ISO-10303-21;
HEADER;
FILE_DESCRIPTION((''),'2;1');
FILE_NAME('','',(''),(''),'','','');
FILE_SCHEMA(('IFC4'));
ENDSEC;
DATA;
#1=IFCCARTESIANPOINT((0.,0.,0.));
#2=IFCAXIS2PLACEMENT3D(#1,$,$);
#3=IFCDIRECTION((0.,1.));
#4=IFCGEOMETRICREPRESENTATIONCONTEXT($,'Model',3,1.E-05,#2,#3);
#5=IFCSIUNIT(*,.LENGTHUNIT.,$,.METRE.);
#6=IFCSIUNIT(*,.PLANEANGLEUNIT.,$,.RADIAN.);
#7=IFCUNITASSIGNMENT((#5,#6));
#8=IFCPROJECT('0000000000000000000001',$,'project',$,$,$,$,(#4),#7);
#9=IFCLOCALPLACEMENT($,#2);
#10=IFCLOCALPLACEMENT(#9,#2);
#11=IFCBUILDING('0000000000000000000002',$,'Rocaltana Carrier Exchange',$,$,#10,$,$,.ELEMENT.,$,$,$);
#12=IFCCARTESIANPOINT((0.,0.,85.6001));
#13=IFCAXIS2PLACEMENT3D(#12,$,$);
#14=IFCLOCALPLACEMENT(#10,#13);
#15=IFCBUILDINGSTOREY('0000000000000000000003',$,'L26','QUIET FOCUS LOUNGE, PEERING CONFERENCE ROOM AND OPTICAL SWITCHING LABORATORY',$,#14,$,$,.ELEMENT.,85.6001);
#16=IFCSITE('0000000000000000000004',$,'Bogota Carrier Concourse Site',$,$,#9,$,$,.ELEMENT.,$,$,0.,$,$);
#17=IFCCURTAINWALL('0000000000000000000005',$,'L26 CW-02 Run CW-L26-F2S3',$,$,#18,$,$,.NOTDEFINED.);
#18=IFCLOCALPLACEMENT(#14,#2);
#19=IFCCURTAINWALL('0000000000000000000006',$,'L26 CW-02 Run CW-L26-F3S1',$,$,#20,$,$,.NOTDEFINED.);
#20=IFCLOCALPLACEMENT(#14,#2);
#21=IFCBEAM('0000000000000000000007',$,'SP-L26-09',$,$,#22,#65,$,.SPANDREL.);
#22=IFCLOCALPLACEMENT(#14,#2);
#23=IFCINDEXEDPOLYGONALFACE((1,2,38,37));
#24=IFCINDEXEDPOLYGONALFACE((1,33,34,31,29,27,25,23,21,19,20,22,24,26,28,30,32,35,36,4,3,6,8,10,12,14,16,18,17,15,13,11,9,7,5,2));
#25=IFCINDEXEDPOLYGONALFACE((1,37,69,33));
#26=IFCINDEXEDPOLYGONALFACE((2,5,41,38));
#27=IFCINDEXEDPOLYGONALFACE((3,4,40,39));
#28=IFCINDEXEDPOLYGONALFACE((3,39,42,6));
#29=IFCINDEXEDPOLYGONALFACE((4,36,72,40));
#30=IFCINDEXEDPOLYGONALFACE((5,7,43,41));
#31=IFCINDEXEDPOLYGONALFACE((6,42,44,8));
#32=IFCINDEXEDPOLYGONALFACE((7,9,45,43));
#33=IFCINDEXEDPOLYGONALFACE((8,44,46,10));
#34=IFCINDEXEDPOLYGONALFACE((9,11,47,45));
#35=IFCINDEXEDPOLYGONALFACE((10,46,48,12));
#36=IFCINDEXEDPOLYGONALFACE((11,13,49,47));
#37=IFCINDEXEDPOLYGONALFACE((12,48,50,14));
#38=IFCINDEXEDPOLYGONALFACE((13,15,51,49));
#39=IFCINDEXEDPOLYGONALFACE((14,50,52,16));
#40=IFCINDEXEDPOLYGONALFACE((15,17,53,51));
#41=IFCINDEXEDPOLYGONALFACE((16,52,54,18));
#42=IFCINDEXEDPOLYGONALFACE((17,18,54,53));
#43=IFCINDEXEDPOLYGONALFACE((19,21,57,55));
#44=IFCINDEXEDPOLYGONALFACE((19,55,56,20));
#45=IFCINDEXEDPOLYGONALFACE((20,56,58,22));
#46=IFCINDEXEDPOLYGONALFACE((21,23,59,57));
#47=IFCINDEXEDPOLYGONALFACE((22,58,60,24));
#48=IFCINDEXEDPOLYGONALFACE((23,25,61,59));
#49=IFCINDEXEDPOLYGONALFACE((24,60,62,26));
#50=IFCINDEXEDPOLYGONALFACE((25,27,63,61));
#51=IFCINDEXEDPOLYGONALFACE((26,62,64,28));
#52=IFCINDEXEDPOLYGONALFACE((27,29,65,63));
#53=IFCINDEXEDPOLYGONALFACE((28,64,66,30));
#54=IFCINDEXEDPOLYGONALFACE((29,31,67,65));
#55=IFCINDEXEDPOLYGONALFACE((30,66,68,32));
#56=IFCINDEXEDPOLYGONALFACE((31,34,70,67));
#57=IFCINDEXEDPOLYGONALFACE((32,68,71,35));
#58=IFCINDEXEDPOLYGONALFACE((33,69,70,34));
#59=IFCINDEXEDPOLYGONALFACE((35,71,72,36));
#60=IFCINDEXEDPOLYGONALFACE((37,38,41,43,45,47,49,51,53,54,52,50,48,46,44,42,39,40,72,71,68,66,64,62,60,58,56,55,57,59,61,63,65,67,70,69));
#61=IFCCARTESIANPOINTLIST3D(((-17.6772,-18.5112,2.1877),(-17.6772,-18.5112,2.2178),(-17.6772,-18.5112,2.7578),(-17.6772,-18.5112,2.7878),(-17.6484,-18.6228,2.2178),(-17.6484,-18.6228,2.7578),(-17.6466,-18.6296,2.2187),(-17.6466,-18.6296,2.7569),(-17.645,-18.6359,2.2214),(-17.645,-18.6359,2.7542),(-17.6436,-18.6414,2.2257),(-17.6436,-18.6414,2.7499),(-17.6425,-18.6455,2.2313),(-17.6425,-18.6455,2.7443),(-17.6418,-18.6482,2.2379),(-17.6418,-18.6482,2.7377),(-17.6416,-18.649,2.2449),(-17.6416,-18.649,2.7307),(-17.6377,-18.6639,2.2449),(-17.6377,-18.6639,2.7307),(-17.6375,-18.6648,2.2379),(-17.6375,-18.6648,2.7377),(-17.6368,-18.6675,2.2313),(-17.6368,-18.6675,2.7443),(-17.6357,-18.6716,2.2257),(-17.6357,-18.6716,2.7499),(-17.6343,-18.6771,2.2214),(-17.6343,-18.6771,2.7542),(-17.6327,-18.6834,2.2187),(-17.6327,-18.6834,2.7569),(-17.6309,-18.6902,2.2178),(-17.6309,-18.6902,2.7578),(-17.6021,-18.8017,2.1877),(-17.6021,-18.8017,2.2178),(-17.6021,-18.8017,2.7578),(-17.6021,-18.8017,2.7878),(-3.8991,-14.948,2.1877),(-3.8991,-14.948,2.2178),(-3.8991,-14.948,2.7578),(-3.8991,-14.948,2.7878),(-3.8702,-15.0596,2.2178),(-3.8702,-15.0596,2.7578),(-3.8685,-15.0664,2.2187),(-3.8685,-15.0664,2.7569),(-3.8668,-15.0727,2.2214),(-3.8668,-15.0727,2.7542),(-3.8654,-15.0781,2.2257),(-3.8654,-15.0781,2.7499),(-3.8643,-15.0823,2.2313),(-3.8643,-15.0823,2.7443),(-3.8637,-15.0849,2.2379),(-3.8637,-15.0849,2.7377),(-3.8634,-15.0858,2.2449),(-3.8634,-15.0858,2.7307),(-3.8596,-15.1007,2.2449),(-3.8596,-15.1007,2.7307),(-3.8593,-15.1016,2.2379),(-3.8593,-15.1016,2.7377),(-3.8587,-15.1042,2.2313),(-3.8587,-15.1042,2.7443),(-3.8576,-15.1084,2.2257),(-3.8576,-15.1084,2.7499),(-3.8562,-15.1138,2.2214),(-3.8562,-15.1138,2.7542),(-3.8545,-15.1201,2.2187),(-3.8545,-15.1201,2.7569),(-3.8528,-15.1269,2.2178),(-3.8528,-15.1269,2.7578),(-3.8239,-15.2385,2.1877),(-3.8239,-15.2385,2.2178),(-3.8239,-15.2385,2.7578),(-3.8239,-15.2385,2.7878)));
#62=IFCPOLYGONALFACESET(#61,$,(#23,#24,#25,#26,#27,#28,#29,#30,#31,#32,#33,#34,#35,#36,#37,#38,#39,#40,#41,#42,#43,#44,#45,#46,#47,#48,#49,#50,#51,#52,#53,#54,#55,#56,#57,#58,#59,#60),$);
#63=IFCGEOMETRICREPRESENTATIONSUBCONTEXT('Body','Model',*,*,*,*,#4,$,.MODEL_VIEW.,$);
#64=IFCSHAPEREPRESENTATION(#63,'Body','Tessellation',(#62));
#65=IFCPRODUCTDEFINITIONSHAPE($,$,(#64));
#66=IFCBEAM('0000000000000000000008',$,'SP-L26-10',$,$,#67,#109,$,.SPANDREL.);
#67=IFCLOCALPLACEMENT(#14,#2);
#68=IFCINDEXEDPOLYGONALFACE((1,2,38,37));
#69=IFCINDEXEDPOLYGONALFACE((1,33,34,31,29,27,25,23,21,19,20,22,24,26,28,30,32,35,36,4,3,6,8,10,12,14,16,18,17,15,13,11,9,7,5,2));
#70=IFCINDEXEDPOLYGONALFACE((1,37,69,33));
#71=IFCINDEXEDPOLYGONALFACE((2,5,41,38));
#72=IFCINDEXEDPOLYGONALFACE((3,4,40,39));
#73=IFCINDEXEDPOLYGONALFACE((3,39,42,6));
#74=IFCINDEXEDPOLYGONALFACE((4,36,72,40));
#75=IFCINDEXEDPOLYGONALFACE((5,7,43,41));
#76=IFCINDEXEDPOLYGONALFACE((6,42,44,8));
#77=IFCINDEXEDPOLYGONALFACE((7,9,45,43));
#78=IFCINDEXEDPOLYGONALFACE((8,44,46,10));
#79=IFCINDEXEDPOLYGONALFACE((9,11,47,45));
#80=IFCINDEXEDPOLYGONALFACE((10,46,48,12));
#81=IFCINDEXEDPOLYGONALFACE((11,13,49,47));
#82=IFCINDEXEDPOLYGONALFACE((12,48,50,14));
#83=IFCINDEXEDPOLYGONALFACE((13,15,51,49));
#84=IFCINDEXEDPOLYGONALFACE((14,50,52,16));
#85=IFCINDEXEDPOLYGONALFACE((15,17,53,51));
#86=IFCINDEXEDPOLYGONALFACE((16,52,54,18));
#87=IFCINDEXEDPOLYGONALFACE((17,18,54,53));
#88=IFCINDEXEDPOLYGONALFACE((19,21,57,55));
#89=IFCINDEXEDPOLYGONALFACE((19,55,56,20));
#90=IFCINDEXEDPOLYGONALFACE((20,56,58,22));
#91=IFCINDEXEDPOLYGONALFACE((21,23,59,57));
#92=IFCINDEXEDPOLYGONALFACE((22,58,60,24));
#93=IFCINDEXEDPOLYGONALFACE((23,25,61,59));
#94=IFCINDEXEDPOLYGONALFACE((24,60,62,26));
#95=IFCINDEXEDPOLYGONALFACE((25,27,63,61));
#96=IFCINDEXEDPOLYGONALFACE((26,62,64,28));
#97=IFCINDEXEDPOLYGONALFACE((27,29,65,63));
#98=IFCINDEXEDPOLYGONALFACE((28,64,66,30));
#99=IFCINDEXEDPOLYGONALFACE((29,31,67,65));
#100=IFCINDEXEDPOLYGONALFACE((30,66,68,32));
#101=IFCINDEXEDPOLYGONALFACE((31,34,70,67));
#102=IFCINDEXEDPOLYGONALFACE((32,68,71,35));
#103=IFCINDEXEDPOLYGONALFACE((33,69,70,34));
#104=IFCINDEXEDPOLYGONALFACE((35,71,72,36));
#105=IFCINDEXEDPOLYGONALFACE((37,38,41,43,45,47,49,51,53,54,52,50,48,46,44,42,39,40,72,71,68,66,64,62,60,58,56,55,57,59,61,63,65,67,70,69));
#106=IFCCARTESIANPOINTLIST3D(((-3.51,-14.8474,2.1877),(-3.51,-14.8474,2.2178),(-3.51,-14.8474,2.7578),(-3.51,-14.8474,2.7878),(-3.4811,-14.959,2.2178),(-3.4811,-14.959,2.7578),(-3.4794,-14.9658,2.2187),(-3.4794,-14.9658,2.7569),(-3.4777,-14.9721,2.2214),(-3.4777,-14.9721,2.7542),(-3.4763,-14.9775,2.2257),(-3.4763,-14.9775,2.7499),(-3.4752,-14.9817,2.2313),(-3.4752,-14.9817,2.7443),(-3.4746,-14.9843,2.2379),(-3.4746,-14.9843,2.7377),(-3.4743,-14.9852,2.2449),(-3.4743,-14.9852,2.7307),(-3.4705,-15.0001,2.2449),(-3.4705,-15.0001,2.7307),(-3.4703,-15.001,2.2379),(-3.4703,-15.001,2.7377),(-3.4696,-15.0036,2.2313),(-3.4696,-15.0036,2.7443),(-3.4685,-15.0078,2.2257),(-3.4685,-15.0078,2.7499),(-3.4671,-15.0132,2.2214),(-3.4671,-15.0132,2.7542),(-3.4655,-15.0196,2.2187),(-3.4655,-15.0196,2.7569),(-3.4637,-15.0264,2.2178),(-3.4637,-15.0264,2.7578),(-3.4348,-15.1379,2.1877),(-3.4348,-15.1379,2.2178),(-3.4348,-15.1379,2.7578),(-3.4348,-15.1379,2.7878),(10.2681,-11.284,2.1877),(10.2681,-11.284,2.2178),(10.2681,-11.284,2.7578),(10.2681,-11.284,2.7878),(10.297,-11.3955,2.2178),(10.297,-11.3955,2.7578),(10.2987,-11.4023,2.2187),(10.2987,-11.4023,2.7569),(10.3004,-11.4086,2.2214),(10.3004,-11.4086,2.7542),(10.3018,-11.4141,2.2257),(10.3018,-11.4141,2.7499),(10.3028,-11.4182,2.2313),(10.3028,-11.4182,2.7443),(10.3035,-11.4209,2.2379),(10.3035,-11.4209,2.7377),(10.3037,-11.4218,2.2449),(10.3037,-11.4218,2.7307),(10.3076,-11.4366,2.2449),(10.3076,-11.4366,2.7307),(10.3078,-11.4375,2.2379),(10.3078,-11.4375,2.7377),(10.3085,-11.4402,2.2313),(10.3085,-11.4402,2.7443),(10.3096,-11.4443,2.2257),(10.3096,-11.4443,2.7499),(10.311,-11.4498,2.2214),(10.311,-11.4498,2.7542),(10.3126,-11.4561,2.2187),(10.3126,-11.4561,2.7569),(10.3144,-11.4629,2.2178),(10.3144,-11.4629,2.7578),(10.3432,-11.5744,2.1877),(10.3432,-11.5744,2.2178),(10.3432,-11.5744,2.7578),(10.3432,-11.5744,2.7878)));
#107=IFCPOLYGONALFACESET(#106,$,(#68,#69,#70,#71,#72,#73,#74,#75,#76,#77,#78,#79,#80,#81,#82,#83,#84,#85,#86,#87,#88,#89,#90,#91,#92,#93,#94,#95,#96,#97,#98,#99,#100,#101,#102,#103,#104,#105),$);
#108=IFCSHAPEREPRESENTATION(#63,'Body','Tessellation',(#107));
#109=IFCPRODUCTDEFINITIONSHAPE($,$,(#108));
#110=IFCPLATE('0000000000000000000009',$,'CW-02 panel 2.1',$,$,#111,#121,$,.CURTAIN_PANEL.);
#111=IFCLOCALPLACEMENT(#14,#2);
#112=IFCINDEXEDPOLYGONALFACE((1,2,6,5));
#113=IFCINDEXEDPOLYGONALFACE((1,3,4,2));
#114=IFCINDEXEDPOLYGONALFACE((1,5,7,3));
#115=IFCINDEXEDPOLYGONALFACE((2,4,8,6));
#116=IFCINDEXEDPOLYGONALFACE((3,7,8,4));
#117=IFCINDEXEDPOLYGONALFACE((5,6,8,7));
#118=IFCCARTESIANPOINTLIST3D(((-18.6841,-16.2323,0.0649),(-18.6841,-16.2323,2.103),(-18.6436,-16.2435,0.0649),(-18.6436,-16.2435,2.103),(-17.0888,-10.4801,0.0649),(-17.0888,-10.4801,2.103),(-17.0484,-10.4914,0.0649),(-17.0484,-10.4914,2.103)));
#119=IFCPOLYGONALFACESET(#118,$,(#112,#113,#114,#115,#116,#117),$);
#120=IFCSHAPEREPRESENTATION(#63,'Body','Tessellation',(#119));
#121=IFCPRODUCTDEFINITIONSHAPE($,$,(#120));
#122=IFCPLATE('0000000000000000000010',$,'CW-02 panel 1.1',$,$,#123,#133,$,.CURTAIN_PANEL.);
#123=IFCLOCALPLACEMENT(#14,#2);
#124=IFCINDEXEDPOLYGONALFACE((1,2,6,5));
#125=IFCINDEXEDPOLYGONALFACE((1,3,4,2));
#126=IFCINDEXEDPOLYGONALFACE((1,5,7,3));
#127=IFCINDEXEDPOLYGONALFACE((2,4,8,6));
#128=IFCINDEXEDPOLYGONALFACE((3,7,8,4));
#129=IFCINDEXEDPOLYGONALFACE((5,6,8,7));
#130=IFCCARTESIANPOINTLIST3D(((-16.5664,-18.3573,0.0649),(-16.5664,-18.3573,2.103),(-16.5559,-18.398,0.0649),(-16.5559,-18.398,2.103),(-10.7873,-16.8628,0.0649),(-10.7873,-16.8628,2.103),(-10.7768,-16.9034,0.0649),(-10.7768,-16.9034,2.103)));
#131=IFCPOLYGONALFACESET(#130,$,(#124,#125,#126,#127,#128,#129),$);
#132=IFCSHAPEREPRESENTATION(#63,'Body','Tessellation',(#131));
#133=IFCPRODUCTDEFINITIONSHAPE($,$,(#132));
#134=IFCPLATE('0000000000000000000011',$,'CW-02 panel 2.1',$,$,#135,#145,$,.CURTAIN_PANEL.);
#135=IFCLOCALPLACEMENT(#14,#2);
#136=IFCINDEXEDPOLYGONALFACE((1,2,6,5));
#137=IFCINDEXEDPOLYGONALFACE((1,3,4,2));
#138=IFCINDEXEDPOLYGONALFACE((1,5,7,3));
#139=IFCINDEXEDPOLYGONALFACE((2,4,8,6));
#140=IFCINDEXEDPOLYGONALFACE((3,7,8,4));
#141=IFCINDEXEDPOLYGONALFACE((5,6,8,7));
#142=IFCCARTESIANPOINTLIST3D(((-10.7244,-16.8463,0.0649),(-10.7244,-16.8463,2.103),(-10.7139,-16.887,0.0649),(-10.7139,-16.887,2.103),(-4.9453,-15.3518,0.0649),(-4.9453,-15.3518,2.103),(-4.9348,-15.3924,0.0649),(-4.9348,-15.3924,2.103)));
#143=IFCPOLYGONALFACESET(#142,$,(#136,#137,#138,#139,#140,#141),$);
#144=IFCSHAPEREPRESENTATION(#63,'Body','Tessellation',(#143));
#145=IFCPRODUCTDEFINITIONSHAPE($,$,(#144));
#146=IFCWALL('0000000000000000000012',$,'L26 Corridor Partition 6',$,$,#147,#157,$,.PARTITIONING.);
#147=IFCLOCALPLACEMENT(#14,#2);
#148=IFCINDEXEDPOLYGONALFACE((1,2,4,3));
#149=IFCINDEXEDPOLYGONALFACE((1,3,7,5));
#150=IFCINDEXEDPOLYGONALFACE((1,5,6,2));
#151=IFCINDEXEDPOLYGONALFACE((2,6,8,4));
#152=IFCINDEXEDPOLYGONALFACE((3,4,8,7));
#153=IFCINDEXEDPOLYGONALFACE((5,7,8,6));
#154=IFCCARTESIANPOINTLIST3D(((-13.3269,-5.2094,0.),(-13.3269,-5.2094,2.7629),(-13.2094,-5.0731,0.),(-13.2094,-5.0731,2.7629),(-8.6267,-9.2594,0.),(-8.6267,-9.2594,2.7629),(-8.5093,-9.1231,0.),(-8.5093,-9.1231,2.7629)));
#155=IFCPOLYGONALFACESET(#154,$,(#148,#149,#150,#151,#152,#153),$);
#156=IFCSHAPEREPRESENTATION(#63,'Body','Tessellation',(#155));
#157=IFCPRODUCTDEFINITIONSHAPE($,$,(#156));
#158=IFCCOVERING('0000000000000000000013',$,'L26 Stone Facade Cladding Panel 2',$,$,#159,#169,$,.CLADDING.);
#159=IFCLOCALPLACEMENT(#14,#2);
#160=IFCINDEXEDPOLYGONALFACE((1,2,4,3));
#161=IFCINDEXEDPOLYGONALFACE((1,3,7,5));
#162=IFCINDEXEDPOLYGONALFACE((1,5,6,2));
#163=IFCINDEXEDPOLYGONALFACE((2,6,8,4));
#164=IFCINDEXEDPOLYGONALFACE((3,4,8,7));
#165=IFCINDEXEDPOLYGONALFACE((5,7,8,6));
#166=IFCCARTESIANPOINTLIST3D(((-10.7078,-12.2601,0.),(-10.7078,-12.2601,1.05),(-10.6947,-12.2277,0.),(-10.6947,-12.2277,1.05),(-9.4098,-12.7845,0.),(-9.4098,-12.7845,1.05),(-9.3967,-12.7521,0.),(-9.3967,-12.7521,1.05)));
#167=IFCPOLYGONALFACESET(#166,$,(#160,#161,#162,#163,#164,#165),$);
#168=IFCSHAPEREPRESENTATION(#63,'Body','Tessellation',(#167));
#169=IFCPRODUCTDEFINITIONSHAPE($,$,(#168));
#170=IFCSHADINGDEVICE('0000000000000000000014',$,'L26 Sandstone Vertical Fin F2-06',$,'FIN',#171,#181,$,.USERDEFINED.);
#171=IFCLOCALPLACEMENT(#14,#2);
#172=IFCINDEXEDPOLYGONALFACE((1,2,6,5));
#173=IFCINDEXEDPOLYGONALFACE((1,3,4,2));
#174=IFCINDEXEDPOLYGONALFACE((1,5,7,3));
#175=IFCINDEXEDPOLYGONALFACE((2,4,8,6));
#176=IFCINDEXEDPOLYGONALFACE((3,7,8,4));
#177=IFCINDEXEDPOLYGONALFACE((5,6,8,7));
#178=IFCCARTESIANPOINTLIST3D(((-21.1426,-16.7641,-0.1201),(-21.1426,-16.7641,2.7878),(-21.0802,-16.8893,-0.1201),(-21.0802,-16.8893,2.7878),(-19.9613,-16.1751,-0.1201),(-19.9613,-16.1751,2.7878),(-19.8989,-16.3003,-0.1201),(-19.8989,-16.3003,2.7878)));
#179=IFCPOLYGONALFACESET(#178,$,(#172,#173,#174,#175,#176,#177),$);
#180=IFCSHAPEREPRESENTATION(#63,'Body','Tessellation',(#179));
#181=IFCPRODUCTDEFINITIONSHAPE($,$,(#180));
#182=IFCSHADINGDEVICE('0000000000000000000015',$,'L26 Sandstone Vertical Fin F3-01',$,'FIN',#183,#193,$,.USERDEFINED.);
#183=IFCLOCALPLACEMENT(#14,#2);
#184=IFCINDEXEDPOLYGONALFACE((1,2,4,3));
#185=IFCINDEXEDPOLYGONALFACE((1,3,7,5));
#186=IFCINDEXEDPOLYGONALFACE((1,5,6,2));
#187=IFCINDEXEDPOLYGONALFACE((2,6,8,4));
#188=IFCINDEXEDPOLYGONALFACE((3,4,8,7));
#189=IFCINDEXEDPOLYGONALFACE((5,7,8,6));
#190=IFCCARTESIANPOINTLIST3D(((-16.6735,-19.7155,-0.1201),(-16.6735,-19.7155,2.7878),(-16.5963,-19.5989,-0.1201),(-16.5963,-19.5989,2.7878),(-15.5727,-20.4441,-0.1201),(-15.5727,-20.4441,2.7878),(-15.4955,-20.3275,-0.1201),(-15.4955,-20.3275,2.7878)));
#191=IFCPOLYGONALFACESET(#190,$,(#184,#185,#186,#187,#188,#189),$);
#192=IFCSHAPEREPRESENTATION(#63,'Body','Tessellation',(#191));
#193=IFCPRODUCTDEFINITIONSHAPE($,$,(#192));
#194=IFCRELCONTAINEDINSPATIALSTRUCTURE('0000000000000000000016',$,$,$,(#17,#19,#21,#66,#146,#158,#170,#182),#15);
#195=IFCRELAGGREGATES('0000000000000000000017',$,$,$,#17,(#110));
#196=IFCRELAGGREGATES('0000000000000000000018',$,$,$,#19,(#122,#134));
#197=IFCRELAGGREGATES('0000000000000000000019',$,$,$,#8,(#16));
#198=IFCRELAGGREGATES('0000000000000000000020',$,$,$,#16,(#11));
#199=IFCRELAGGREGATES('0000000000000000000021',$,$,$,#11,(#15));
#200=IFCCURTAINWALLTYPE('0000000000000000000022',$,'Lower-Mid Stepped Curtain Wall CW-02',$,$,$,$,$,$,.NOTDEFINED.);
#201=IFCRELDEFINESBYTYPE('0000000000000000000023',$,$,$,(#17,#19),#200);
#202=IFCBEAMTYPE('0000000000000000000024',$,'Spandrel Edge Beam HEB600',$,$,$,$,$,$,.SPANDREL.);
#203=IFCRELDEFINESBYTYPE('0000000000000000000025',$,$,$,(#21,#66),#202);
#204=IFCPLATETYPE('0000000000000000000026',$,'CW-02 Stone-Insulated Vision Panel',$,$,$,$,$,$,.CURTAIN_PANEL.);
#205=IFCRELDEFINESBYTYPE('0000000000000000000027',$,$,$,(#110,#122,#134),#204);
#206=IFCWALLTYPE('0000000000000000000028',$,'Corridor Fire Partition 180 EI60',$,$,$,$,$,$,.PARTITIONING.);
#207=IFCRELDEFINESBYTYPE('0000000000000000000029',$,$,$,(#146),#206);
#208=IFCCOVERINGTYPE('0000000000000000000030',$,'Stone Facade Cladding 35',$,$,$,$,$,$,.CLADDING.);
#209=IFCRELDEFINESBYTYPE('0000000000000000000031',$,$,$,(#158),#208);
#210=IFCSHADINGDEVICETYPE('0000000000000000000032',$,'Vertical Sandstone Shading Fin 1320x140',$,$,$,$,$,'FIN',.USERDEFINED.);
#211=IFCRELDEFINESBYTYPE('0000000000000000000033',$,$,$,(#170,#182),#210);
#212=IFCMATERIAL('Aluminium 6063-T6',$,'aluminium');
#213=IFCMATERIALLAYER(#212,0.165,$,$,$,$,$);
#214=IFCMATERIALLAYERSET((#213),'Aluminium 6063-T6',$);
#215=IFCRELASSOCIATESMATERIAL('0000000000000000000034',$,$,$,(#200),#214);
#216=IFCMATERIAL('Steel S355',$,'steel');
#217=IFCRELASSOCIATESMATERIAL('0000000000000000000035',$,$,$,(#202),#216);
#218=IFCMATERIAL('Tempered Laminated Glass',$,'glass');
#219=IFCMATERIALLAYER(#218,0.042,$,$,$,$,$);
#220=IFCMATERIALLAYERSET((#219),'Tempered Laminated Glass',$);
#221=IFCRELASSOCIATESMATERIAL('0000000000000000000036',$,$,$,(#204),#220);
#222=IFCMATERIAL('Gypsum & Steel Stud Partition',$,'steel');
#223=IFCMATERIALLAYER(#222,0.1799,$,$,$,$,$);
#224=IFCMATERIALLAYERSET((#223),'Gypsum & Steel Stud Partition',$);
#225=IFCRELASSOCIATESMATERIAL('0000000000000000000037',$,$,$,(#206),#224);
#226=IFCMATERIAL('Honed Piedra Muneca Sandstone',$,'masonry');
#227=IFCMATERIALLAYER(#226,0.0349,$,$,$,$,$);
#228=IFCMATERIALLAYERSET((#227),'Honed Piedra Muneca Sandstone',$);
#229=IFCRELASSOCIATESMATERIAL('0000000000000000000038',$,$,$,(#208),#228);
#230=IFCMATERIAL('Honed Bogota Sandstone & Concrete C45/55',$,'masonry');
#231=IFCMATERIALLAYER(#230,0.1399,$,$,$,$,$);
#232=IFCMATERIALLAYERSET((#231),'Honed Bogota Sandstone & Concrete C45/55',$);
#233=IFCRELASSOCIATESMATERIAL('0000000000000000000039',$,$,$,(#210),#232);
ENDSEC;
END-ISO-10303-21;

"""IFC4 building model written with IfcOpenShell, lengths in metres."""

from ifc_helpers import new_model, si_unit, direction, frame, frame_2d, origin, origin_2d, place, context, subcontext, project, spatial, rectangle, i_section, extrude, material, layer, layer_set, material_profile, profile_set, type_object, element, aggregate, save


model = new_model("IFC4")

# Units and contexts
model_context = context("Model", 3, precision=1e-05, world=origin(), true_north=direction((0.0, 1.0)))
body_context = subcontext(model_context, "Body", "Model", "MODEL_VIEW")
ifc_project = project(units=[si_unit("LENGTHUNIT", "METRE"), si_unit("PLANEANGLEUNIT", "RADIAN")], contexts=[model_context])

# Site, building, storey
site_placement = place(None, origin())
site = spatial("IfcSite", under=ifc_project, at=site_placement, Name="Bogota Carrier Concourse Site", CompositionType="ELEMENT", RefElevation=0.0)
building_placement = place(site_placement, origin())
building = spatial("IfcBuilding", under=site, at=building_placement, Name="Rocaltana Carrier Exchange", CompositionType="ELEMENT")
storey_placement = place(building_placement, frame((0.0, 0.0, 85.6001)))
storey = spatial("IfcBuildingStorey", under=building, at=storey_placement, Name="L26", Description="QUIET FOCUS LOUNGE, PEERING CONFERENCE ROOM AND OPTICAL SWITCHING LABORATORY", CompositionType="ELEMENT", Elevation=85.6001)

# Curtain walls
ifc_material_1 = material(Name="Aluminium 6063-T6", Category="aluminium")
ifc_layer_1 = layer(ifc_material_1, 0.165)
ifc_layer_set_1 = layer_set([ifc_layer_1], Name="Aluminium 6063-T6")
curtain_wall_type = type_object("IfcCurtainWallType", Name="Lower-Mid Stepped Curtain Wall CW-02", PredefinedType="NOTDEFINED", material=ifc_layer_set_1)
curtain_wall_1_placement = place(storey_placement, origin())
curtain_wall_1 = element("IfcCurtainWall", 1, at=curtain_wall_1_placement, inside=storey, type_object=curtain_wall_type, Name="L26 CW-02 Run CW-L26-F2S3", PredefinedType="NOTDEFINED")
curtain_wall_2_placement = place(storey_placement, origin())
curtain_wall_2 = element("IfcCurtainWall", 2, at=curtain_wall_2_placement, inside=storey, type_object=curtain_wall_type, Name="L26 CW-02 Run CW-L26-F3S1", PredefinedType="NOTDEFINED")

# Beams
ifc_material_2 = material(Name="Steel S355", Category="steel")
ifc_material_profile_1 = material_profile(ifc_material_2, i_section(OverallWidth=0.3, OverallDepth=0.6001, WebThickness=0.0154, FlangeThickness=0.03, FilletRadius=0.0271, at=origin_2d()), Name="HEB600")
ifc_profile_set_1 = profile_set([ifc_material_profile_1], Name="Steel S355")
beam_type_1 = type_object("IfcBeamType", Name="Spandrel Edge Beam HEB600", PredefinedType="SPANDREL", material=ifc_profile_set_1)
for number, where, z_axis, x_axis, name in (
    (3, (-17.6396, -18.6565, 2.4878), (0.968148, 0.250379, 0.0), (-0.250379, 0.968148, 0.0), "SP-L26-09"),
    (4, (-3.4724, -14.9927, 2.4878), (0.968144, 0.250395, 0.0), (-0.250395, 0.968144, 0.0), "SP-L26-10"),
):
    element("IfcBeam", number, at=place(storey_placement, frame(where, z_axis=z_axis, x_axis=x_axis)), inside=storey, type_object=beam_type_1, Name=name, PredefinedType="SPANDREL", context=body_context, shape_type="SweptSolid", body=[
        extrude(i_section(OverallWidth=0.3, OverallDepth=0.6001, WebThickness=0.0154, FlangeThickness=0.03, FilletRadius=0.0271, at=origin_2d()), origin(), (0.0, 0.0, 1.0), 14.2314),
    ])

# Plates
ifc_material_3 = material(Name="Tempered Laminated Glass", Category="glass")
ifc_layer_2 = layer(ifc_material_3, 0.042)
ifc_layer_set_2 = layer_set([ifc_layer_2], Name="Tempered Laminated Glass")
plate_type = type_object("IfcPlateType", Name="CW-02 Stone-Insulated Vision Panel", PredefinedType="CURTAIN_PANEL", material=ifc_layer_set_2)
plate_1_placement = place(storey_placement, frame((-17.8662, -13.3618, 0.0649), z_axis=(0.0, 0.0, 1.0), x_axis=(-0.267243, -0.963629, 0.0)))
plate_1 = element("IfcPlate", 5, at=plate_1_placement, type_object=plate_type, Name="CW-02 panel 2.1", PredefinedType="CURTAIN_PANEL", context=body_context, shape_type="SweptSolid", body=[
    extrude(rectangle(XDim=5.9692, YDim=0.042, at=origin_2d()), origin(), (0.0, 0.0, 1.0), 2.0381),
])
aggregate(curtain_wall_1, [plate_1])
plate_2_placement = place(storey_placement, frame((-13.6716, -17.6304, 0.0649), z_axis=(0.0, 0.0, 1.0), x_axis=(0.968148, 0.250378, 0.0)))
plate_2 = element("IfcPlate", 6, at=plate_2_placement, type_object=plate_type, Name="CW-02 panel 1.1", PredefinedType="CURTAIN_PANEL", context=body_context, shape_type="SweptSolid", body=[
    extrude(rectangle(XDim=5.9692, YDim=0.042, at=origin_2d()), origin(), (0.0, 0.0, 1.0), 2.0381),
])
plate_3_placement = place(storey_placement, frame((-7.8296, -16.1194, 0.0649), z_axis=(0.0, 0.0, 1.0), x_axis=(0.968148, 0.250378, 0.0)))
plate_3 = element("IfcPlate", 7, at=plate_3_placement, type_object=plate_type, Name="CW-02 panel 2.1", PredefinedType="CURTAIN_PANEL", context=body_context, shape_type="SweptSolid", body=[
    extrude(rectangle(XDim=5.9692, YDim=0.042, at=origin_2d()), origin(), (0.0, 0.0, 1.0), 2.0381),
])
aggregate(curtain_wall_2, [plate_2, plate_3])

# Wall
ifc_material_4 = material(Name="Gypsum & Steel Stud Partition", Category="steel")
ifc_layer_3 = layer(ifc_material_4, 0.1799)
ifc_layer_set_3 = layer_set([ifc_layer_3], Name="Gypsum & Steel Stud Partition")
wall_type = type_object("IfcWallType", Name="Corridor Fire Partition 180 EI60", PredefinedType="PARTITIONING", material=ifc_layer_set_3)
wall_placement = place(storey_placement, frame((-8.5681, -9.1912, 0.0), z_axis=(0.0, 0.0, 1.0), x_axis=(-0.757557, 0.652769, 0.0)))
element("IfcWall", 8, at=wall_placement, inside=storey, type_object=wall_type, Name="L26 Corridor Partition 6", PredefinedType="PARTITIONING", context=body_context, shape_type="SweptSolid", body=[
    extrude(rectangle(XDim=6.2043, YDim=0.1799, at=frame_2d((3.1021, 0.0))), origin(), (0.0, 0.0, 1.0), 2.7629),
])

# Covering
ifc_material_5 = material(Name="Honed Piedra Muneca Sandstone", Category="masonry")
ifc_layer_4 = layer(ifc_material_5, 0.0349)
ifc_layer_set_4 = layer_set([ifc_layer_4], Name="Honed Piedra Muneca Sandstone")
covering_type = type_object("IfcCoveringType", Name="Stone Facade Cladding 35", PredefinedType="CLADDING", material=ifc_layer_set_4)
covering_placement = place(storey_placement, frame((-10.0522, -12.5061, 0.0), z_axis=(0.0, 0.0, 1.0), x_axis=(-0.927184, 0.374607, 0.0)))
element("IfcCovering", 9, at=covering_placement, inside=storey, type_object=covering_type, Name="L26 Stone Facade Cladding Panel 2", PredefinedType="CLADDING", context=body_context, shape_type="SweptSolid", body=[
    extrude(rectangle(XDim=1.3999, YDim=0.0349, at=origin_2d()), origin(), (0.0, 0.0, 1.0), 1.05),
])

# Shading devices
ifc_material_6 = material(Name="Honed Bogota Sandstone & Concrete C45/55", Category="masonry")
ifc_layer_5 = layer(ifc_material_6, 0.1399)
ifc_layer_set_5 = layer_set([ifc_layer_5], Name="Honed Bogota Sandstone & Concrete C45/55")
shading_device_type = type_object("IfcShadingDeviceType", Name="Vertical Sandstone Shading Fin 1320x140", ElementType="FIN", PredefinedType="USERDEFINED", material=ifc_layer_set_5)
for number, where, z_axis, x_axis, name in (
    (10, (-20.5208, -16.5322, -0.1201), (0.0, 0.0, 1.0), (-0.894934, -0.446198, 0.0), "L26 Sandstone Vertical Fin F2-06"),
    (11, (-16.0845, -20.0215, -0.1201), (0.0, 0.0, 1.0), (0.833886, -0.551937, 0.0), "L26 Sandstone Vertical Fin F3-01"),
):
    element("IfcShadingDevice", number, at=place(storey_placement, frame(where, z_axis=z_axis, x_axis=x_axis)), inside=storey, type_object=shading_device_type, Name=name, ObjectType="FIN", PredefinedType="USERDEFINED", context=body_context, shape_type="SweptSolid", body=[
        extrude(rectangle(XDim=1.3201, YDim=0.1399, at=origin_2d()), origin(), (0.0, 0.0, 1.0), 2.908),
    ])

save(model, "model.ifc")
